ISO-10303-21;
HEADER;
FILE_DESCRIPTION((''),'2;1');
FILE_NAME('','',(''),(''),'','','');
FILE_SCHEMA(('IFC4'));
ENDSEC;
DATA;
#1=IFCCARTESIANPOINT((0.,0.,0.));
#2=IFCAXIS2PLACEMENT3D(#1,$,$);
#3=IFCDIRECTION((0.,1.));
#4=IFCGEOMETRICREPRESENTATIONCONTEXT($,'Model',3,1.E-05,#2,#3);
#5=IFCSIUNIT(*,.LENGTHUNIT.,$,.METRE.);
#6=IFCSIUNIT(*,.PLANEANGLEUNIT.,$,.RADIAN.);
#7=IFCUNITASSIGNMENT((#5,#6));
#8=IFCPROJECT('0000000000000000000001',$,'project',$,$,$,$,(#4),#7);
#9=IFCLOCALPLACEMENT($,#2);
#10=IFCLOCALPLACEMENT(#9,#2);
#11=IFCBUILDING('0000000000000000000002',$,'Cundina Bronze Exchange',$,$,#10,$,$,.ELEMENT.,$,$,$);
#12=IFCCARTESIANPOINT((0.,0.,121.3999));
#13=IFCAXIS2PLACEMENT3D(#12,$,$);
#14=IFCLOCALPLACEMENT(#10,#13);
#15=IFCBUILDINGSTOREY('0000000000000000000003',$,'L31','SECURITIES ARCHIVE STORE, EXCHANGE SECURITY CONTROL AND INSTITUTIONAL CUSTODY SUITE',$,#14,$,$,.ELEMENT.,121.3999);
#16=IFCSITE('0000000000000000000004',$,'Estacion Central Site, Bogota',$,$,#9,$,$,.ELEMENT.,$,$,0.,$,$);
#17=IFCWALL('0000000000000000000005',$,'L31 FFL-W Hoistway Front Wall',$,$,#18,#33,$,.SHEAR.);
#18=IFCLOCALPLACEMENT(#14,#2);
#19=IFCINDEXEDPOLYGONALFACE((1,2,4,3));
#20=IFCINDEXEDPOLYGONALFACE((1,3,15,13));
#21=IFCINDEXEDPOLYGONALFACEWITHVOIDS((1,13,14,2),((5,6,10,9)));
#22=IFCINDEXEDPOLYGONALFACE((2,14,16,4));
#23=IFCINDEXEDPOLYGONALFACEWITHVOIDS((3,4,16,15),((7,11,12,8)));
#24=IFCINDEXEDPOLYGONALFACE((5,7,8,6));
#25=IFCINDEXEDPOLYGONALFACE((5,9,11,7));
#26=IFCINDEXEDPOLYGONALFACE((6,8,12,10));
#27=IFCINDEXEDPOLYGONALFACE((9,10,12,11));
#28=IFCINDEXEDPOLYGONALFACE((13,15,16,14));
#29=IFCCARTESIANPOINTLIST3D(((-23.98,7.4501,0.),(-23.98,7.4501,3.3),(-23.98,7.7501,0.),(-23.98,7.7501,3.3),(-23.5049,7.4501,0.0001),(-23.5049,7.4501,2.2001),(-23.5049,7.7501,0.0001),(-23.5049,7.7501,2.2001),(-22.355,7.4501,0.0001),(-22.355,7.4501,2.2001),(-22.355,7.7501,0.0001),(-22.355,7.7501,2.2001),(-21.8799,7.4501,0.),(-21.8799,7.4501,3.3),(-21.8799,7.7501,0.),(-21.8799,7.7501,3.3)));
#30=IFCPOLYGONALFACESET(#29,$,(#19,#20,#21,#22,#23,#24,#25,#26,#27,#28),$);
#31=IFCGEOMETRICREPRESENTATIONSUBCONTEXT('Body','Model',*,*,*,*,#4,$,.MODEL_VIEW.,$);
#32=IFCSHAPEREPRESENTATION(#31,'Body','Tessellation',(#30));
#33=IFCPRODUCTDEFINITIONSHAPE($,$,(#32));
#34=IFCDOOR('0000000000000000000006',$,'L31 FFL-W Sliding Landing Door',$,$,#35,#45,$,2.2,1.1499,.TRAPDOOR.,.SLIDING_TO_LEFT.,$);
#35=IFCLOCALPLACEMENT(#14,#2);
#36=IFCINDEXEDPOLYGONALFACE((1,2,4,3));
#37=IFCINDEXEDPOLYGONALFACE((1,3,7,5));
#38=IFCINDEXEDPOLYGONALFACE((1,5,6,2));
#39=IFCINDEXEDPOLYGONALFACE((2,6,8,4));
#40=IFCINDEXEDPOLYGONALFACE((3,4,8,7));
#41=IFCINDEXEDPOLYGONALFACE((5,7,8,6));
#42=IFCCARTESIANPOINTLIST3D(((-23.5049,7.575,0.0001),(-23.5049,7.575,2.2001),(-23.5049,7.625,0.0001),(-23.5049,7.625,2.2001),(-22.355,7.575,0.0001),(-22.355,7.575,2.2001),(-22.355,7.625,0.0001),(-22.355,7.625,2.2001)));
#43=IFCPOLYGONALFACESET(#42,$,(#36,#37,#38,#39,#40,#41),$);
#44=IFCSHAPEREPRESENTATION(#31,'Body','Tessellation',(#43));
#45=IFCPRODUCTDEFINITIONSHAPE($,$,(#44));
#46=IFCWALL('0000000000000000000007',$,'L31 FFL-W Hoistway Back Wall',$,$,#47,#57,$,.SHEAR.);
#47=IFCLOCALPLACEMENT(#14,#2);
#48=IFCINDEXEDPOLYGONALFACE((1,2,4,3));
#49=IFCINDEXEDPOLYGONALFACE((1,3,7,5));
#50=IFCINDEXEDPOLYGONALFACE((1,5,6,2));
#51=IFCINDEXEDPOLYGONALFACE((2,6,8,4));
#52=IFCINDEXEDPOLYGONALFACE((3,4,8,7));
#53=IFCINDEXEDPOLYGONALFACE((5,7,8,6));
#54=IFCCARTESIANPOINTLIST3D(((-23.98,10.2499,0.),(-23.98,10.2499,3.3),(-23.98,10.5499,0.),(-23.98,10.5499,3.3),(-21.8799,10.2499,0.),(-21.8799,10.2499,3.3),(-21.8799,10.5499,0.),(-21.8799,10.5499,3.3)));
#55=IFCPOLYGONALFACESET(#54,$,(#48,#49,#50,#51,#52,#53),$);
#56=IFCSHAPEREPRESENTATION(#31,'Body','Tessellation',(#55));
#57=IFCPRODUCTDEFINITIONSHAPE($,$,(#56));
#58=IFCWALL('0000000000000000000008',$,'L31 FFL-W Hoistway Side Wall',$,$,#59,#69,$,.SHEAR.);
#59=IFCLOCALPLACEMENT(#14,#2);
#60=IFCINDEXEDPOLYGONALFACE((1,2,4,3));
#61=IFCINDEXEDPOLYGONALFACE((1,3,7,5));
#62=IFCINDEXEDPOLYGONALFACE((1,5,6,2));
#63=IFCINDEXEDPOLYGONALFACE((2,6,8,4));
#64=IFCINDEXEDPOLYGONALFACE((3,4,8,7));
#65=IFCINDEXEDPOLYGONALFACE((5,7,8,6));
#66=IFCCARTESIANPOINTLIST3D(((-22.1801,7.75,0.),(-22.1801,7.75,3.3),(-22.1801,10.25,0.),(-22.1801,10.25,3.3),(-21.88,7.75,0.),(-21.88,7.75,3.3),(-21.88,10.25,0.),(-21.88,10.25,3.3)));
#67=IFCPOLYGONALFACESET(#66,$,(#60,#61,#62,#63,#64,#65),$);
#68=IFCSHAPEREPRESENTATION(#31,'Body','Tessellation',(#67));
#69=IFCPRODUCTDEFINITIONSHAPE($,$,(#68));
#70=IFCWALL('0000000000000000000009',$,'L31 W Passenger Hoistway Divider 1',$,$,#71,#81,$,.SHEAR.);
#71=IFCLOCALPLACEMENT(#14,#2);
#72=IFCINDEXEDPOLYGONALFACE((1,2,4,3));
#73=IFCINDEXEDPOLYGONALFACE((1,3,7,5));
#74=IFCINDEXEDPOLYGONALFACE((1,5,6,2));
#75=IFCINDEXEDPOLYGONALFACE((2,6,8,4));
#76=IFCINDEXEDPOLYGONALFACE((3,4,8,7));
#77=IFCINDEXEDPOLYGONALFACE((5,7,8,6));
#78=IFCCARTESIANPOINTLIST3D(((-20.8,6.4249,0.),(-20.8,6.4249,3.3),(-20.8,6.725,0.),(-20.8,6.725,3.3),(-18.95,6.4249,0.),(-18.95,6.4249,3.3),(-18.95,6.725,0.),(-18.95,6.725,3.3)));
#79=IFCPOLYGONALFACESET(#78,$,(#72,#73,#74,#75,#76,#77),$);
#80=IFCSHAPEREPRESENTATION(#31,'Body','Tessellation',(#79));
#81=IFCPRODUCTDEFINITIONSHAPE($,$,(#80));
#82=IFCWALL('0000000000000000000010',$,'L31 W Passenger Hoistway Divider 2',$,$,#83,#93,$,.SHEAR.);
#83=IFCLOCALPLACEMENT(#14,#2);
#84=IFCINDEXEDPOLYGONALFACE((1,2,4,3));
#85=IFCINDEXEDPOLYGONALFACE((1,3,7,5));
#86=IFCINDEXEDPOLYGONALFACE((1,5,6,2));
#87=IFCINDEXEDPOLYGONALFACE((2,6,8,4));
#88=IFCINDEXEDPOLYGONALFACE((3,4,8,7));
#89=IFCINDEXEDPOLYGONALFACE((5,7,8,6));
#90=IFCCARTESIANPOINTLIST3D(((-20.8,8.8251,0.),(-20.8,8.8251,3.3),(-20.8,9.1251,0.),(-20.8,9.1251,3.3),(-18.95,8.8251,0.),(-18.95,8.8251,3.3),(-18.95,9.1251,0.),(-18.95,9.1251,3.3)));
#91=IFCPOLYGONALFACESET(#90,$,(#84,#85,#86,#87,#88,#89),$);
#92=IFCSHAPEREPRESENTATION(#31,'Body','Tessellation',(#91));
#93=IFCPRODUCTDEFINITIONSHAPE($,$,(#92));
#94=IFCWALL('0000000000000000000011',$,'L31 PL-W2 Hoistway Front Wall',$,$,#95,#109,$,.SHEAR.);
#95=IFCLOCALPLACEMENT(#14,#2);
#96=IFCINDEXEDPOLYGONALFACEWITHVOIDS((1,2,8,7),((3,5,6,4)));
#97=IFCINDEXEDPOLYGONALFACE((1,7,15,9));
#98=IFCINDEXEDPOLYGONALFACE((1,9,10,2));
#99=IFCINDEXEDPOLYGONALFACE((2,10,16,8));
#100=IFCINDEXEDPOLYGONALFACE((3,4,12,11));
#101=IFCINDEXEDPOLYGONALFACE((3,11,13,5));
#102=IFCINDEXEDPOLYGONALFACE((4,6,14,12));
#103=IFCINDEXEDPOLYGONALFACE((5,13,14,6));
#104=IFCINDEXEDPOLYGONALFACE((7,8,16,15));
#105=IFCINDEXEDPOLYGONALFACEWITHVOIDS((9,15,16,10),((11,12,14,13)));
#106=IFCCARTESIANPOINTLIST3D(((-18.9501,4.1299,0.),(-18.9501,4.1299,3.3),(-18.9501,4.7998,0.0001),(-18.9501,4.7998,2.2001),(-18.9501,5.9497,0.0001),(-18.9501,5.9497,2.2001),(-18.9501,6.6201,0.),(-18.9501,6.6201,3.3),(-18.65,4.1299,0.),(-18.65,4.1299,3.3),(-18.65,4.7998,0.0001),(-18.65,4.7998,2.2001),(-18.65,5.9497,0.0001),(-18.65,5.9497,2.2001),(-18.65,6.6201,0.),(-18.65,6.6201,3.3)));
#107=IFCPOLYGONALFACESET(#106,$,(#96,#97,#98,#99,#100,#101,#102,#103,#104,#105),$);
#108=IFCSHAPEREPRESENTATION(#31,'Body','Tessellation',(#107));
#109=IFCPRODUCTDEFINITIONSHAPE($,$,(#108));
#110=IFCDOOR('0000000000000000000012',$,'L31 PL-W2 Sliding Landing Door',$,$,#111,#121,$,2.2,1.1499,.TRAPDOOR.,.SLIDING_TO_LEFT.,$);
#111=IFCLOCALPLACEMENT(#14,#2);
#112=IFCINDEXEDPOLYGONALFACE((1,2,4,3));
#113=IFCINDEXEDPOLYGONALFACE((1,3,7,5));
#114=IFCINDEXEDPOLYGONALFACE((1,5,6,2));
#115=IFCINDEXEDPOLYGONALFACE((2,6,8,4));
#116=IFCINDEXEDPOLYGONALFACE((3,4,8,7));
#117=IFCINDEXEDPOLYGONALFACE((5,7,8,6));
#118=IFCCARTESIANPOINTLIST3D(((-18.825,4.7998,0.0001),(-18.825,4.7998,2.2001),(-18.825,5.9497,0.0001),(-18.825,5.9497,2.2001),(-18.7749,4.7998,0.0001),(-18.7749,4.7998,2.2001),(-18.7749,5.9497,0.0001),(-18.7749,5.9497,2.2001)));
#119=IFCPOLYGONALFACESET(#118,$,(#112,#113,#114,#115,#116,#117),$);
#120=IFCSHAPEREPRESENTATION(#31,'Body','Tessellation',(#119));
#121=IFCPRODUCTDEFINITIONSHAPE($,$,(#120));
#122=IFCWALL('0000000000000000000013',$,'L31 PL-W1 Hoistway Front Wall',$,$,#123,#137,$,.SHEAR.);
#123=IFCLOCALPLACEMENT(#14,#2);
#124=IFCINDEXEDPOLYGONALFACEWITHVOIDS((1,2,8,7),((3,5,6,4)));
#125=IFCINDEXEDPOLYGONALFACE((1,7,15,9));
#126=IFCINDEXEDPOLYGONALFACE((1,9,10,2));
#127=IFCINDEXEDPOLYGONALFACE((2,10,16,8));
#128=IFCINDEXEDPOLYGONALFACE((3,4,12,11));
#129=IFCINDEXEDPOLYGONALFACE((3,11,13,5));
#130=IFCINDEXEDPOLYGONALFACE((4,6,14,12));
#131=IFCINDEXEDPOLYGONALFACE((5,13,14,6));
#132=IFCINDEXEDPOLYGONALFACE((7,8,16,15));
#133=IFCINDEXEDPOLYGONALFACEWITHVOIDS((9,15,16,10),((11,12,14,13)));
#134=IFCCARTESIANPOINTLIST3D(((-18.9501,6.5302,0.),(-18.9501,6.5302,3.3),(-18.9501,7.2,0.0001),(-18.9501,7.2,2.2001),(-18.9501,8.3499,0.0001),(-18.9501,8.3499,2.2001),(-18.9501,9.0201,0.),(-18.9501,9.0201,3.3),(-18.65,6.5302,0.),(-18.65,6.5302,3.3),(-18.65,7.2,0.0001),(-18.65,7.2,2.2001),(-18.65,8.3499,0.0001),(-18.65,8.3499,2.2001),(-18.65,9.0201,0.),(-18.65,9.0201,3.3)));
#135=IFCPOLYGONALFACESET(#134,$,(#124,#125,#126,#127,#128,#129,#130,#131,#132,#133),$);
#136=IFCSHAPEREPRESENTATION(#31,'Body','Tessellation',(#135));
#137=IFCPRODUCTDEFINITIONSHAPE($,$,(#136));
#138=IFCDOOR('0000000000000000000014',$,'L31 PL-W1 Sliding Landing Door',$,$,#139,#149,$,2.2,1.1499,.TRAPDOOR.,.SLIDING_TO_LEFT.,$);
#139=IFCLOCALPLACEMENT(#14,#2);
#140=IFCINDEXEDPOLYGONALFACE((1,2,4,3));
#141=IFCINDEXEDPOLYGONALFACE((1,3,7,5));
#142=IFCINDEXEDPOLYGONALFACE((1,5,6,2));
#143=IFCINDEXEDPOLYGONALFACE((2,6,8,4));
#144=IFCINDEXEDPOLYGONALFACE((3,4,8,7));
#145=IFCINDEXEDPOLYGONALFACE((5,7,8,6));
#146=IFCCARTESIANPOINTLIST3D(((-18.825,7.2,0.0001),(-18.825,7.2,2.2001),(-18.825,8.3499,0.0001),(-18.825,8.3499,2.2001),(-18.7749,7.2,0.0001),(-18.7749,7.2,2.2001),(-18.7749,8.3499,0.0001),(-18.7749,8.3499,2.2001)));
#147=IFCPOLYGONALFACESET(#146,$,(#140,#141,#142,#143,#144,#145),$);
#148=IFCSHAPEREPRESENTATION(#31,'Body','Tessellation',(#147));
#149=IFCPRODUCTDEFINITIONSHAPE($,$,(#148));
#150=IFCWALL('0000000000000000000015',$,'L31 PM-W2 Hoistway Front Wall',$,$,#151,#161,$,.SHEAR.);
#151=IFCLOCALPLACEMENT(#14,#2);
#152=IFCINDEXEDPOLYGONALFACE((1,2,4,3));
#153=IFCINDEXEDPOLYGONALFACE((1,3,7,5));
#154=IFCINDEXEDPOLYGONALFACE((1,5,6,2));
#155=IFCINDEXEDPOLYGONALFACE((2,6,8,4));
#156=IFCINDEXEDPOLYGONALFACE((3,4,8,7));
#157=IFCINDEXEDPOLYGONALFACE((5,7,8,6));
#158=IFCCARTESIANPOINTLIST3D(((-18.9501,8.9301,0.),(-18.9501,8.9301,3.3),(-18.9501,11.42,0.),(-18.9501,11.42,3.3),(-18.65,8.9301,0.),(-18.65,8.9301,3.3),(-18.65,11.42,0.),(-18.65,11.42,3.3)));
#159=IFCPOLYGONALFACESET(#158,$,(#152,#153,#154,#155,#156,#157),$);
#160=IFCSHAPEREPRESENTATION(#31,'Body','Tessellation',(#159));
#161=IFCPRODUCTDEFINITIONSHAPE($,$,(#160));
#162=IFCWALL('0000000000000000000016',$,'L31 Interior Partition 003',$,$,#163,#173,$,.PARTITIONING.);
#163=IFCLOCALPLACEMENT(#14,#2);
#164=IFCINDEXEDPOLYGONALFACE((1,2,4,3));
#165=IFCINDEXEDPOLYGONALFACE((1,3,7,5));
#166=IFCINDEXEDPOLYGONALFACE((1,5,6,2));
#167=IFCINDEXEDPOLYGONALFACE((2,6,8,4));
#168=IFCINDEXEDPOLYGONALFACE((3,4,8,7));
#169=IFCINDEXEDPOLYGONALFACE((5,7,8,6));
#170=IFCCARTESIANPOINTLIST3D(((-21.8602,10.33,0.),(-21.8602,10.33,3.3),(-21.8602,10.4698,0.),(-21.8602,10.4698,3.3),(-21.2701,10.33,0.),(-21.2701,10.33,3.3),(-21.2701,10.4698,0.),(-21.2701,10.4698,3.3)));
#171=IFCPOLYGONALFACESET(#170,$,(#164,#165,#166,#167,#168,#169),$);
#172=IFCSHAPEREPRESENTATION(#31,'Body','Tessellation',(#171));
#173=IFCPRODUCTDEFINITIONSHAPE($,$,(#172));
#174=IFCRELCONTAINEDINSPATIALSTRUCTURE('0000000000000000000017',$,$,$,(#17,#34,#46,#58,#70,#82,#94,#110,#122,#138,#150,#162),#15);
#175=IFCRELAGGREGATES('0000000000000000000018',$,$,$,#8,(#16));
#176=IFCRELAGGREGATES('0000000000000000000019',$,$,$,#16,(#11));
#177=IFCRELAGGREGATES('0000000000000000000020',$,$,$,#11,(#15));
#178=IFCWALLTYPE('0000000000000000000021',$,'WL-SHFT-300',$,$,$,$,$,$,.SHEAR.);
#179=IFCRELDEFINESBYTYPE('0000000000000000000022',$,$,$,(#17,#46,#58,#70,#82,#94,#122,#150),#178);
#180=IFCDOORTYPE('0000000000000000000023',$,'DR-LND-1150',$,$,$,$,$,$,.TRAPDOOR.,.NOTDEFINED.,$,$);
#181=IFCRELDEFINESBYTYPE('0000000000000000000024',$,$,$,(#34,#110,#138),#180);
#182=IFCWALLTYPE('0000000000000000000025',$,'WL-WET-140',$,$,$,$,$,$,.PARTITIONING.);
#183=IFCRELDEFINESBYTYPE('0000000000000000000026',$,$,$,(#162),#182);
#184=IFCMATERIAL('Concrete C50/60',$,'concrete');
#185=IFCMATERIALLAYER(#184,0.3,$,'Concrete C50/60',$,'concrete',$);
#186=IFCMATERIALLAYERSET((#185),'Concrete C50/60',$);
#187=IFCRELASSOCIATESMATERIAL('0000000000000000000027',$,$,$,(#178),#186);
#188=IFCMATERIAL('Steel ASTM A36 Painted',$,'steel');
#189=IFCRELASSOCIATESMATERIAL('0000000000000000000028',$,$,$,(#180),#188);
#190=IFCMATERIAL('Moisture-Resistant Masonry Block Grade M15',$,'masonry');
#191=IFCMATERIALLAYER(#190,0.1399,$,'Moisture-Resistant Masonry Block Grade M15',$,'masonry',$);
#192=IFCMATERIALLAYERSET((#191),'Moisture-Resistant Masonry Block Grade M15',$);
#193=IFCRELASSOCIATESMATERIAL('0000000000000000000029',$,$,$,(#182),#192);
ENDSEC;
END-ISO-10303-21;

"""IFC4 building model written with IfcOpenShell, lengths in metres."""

from ifc_helpers import new_model, si_unit, direction, frame, frame_2d, origin, place, context, subcontext, project, spatial, rectangle, extrude, material, layer, layer_set, type_object, element, fill, save


model = new_model("IFC4")

# Units and contexts
model_context = context("Model", 3, precision=1e-05, world=origin(), true_north=direction((0.0, 1.0)))
body_context = subcontext(model_context, "Body", "Model", "MODEL_VIEW")
ifc_project = project(units=[si_unit("LENGTHUNIT", "METRE"), si_unit("PLANEANGLEUNIT", "RADIAN")], contexts=[model_context])

# Site, building, storey
site_placement = place(None, origin())
site = spatial("IfcSite", under=ifc_project, at=site_placement, Name="Estacion Central Site, Bogota", CompositionType="ELEMENT", RefElevation=0.0)
building_placement = place(site_placement, origin())
building = spatial("IfcBuilding", under=site, at=building_placement, Name="Cundina Bronze Exchange", CompositionType="ELEMENT")
storey_placement = place(building_placement, frame((0.0, 0.0, 121.3999)))
storey = spatial("IfcBuildingStorey", under=building, at=storey_placement, Name="L31", Description="SECURITIES ARCHIVE STORE, EXCHANGE SECURITY CONTROL AND INSTITUTIONAL CUSTODY SUITE", CompositionType="ELEMENT", Elevation=121.3999)

# Shared definitions
ifc_material_1 = material(Name="Concrete C50/60", Category="concrete")
ifc_layer_1 = layer(ifc_material_1, 0.3, Name="Concrete C50/60", Category="concrete")
ifc_layer_set_1 = layer_set([ifc_layer_1], Name="Concrete C50/60")
wall_type_1 = type_object("IfcWallType", Name="WL-SHFT-300", PredefinedType="SHEAR", material=ifc_layer_set_1)

# Wall, opening, door
wall_1_placement = place(storey_placement, frame((-23.98, 7.6001, 0.0), z_axis=(0.0, 0.0, 1.0), x_axis=(1.0, 0.0, 0.0)))
wall_1 = element("IfcWall", 1, at=wall_1_placement, inside=storey, type_object=wall_type_1, Name="L31 FFL-W Hoistway Front Wall", PredefinedType="SHEAR", context=body_context, shape_type="SweptSolid", body=[
    extrude(rectangle(XDim=2.1001, YDim=0.3, at=frame_2d((1.05, 0.0))), origin(), (0.0, 0.0, 1.0), 3.3),
])
opening_1_placement = place(wall_1_placement, frame((0.4751, 0.0, 0.0)))
opening_1 = element("IfcOpeningElement", 2, at=opening_1_placement, cuts=wall_1, PredefinedType="OPENING", context=body_context, shape_type="SweptSolid", body=[
    extrude(rectangle(XDim=1.1499, YDim=2.2, at=frame_2d((0.575, 1.1001))), frame((0.0, 0.1599, 0.0), z_axis=(0.0, -1.0, 0.0), x_axis=(1.0, 0.0, 0.0)), (0.0, 0.0, 1.0), 0.3201),
])
ifc_material_2 = material(Name="Steel ASTM A36 Painted", Category="steel")
door_type = type_object("IfcDoorType", Name="DR-LND-1150", OperationType="NOTDEFINED", PredefinedType="TRAPDOOR", material=ifc_material_2)
door_1_placement = place(opening_1_placement, origin())
door_1 = element("IfcDoor", 3, at=door_1_placement, inside=storey, type_object=door_type, Name="L31 FFL-W Sliding Landing Door", OperationType="SLIDING_TO_LEFT", OverallHeight=2.2, OverallWidth=1.1499, PredefinedType="TRAPDOOR", context=body_context, shape_type="SweptSolid", body=[
    extrude(rectangle(XDim=1.1499, YDim=2.2, at=frame_2d((0.575, 1.1001))), frame((0.0, 0.0249, 0.0), z_axis=(0.0, -1.0, 0.0), x_axis=(1.0, 0.0, 0.0)), (0.0, 0.0, 1.0), 0.05),
])
fill(opening_1, door_1)

# Walls
wall_2_placement = place(storey_placement, frame((-23.98, 10.3999, 0.0), z_axis=(0.0, 0.0, 1.0), x_axis=(1.0, 0.0, 0.0)))
element("IfcWall", 4, at=wall_2_placement, inside=storey, type_object=wall_type_1, Name="L31 FFL-W Hoistway Back Wall", PredefinedType="SHEAR", context=body_context, shape_type="SweptSolid", body=[
    extrude(rectangle(XDim=2.1001, YDim=0.3, at=frame_2d((1.05, 0.0))), origin(), (0.0, 0.0, 1.0), 3.3),
])
wall_3_placement = place(storey_placement, frame((-22.03, 7.75, 0.0), z_axis=(0.0, 0.0, 1.0), x_axis=(0.0, 1.0, 0.0)))
element("IfcWall", 5, at=wall_3_placement, inside=storey, type_object=wall_type_1, Name="L31 FFL-W Hoistway Side Wall", PredefinedType="SHEAR", context=body_context, shape_type="SweptSolid", body=[
    extrude(rectangle(XDim=2.5, YDim=0.3, at=frame_2d((1.25, 0.0))), origin(), (0.0, 0.0, 1.0), 3.3),
])
for number, where, z_axis, x_axis, name in (
    (6, (-20.8, 6.575, 0.0), (0.0, 0.0, 1.0), (1.0, 0.0, 0.0), "L31 W Passenger Hoistway Divider 1"),
    (7, (-20.8, 8.9751, 0.0), (0.0, 0.0, 1.0), (1.0, 0.0, 0.0), "L31 W Passenger Hoistway Divider 2"),
):
    element("IfcWall", number, at=place(storey_placement, frame(where, z_axis=z_axis, x_axis=x_axis)), inside=storey, type_object=wall_type_1, Name=name, PredefinedType="SHEAR", context=body_context, shape_type="SweptSolid", body=[
        extrude(rectangle(XDim=1.8501, YDim=0.3, at=frame_2d((0.925, 0.0))), origin(), (0.0, 0.0, 1.0), 3.3),
    ])

# Walls, openings, doors
wall_4_placement = place(storey_placement, frame((-18.8, 4.1299, 0.0), z_axis=(0.0, 0.0, 1.0), x_axis=(0.0, 1.0, 0.0)))
wall_4 = element("IfcWall", 8, at=wall_4_placement, inside=storey, type_object=wall_type_1, Name="L31 PL-W2 Hoistway Front Wall", PredefinedType="SHEAR", context=body_context, shape_type="SweptSolid", body=[
    extrude(rectangle(XDim=2.4902, YDim=0.3, at=frame_2d((1.2451, 0.0))), origin(), (0.0, 0.0, 1.0), 3.3),
])
opening_2_placement = place(wall_4_placement, frame((0.6699, 0.0, 0.0)))
opening_2 = element("IfcOpeningElement", 9, at=opening_2_placement, cuts=wall_4, PredefinedType="OPENING", context=body_context, shape_type="SweptSolid", body=[
    extrude(rectangle(XDim=1.1499, YDim=2.2, at=frame_2d((0.575, 1.1001))), frame((0.0, 0.1599, 0.0), z_axis=(0.0, -1.0, 0.0), x_axis=(1.0, 0.0, 0.0)), (0.0, 0.0, 1.0), 0.3201),
])
door_2_placement = place(opening_2_placement, origin())
door_2 = element("IfcDoor", 10, at=door_2_placement, inside=storey, type_object=door_type, Name="L31 PL-W2 Sliding Landing Door", OperationType="SLIDING_TO_LEFT", OverallHeight=2.2, OverallWidth=1.1499, PredefinedType="TRAPDOOR", context=body_context, shape_type="SweptSolid", body=[
    extrude(rectangle(XDim=1.1499, YDim=2.2, at=frame_2d((0.575, 1.1001))), frame((0.0, 0.0249, 0.0), z_axis=(0.0, -1.0, 0.0), x_axis=(1.0, 0.0, 0.0)), (0.0, 0.0, 1.0), 0.05),
])
fill(opening_2, door_2)
wall_5_placement = place(storey_placement, frame((-18.8, 6.53, 0.0), z_axis=(0.0, 0.0, 1.0), x_axis=(0.0, 1.0, 0.0)))
wall_5 = element("IfcWall", 11, at=wall_5_placement, inside=storey, type_object=wall_type_1, Name="L31 PL-W1 Hoistway Front Wall", PredefinedType="SHEAR", context=body_context, shape_type="SweptSolid", body=[
    extrude(rectangle(XDim=2.49, YDim=0.3, at=frame_2d((1.2451, 0.0))), origin(), (0.0, 0.0, 1.0), 3.3),
])
opening_3_placement = place(wall_5_placement, frame((0.6699, 0.0, 0.0)))
opening_3 = element("IfcOpeningElement", 12, at=opening_3_placement, cuts=wall_5, PredefinedType="OPENING", context=body_context, shape_type="SweptSolid", body=[
    extrude(rectangle(XDim=1.1499, YDim=2.2, at=frame_2d((0.575, 1.1001))), frame((0.0, 0.1599, 0.0), z_axis=(0.0, -1.0, 0.0), x_axis=(1.0, 0.0, 0.0)), (0.0, 0.0, 1.0), 0.3201),
])
door_3_placement = place(opening_3_placement, origin())
door_3 = element("IfcDoor", 13, at=door_3_placement, inside=storey, type_object=door_type, Name="L31 PL-W1 Sliding Landing Door", OperationType="SLIDING_TO_LEFT", OverallHeight=2.2, OverallWidth=1.1499, PredefinedType="TRAPDOOR", context=body_context, shape_type="SweptSolid", body=[
    extrude(rectangle(XDim=1.1499, YDim=2.2, at=frame_2d((0.575, 1.1001))), frame((0.0, 0.0249, 0.0), z_axis=(0.0, -1.0, 0.0), x_axis=(1.0, 0.0, 0.0)), (0.0, 0.0, 1.0), 0.05),
])
fill(opening_3, door_3)

# Walls
wall_6_placement = place(storey_placement, frame((-18.8, 8.9299, 0.0), z_axis=(0.0, 0.0, 1.0), x_axis=(0.0, 1.0, 0.0)))
element("IfcWall", 14, at=wall_6_placement, inside=storey, type_object=wall_type_1, Name="L31 PM-W2 Hoistway Front Wall", PredefinedType="SHEAR", context=body_context, shape_type="SweptSolid", body=[
    extrude(rectangle(XDim=2.49, YDim=0.3, at=frame_2d((1.2451, 0.0))), origin(), (0.0, 0.0, 1.0), 3.3),
])
ifc_material_3 = material(Name="Moisture-Resistant Masonry Block Grade M15", Category="masonry")
ifc_layer_2 = layer(ifc_material_3, 0.1399, Name="Moisture-Resistant Masonry Block Grade M15", Category="masonry")
ifc_layer_set_2 = layer_set([ifc_layer_2], Name="Moisture-Resistant Masonry Block Grade M15")
wall_type_2 = type_object("IfcWallType", Name="WL-WET-140", PredefinedType="PARTITIONING", material=ifc_layer_set_2)
wall_7_placement = place(storey_placement, frame((-21.8601, 10.3999, 0.0), z_axis=(0.0, 0.0, 1.0), x_axis=(1.0, 0.0, 0.0)))
element("IfcWall", 15, at=wall_7_placement, inside=storey, type_object=wall_type_2, Name="L31 Interior Partition 003", PredefinedType="PARTITIONING", context=body_context, shape_type="SweptSolid", body=[
    extrude(rectangle(XDim=0.5901, YDim=0.1399, at=frame_2d((0.2949, 0.0))), origin(), (0.0, 0.0, 1.0), 3.3),
])

save(model, "model.ifc")
